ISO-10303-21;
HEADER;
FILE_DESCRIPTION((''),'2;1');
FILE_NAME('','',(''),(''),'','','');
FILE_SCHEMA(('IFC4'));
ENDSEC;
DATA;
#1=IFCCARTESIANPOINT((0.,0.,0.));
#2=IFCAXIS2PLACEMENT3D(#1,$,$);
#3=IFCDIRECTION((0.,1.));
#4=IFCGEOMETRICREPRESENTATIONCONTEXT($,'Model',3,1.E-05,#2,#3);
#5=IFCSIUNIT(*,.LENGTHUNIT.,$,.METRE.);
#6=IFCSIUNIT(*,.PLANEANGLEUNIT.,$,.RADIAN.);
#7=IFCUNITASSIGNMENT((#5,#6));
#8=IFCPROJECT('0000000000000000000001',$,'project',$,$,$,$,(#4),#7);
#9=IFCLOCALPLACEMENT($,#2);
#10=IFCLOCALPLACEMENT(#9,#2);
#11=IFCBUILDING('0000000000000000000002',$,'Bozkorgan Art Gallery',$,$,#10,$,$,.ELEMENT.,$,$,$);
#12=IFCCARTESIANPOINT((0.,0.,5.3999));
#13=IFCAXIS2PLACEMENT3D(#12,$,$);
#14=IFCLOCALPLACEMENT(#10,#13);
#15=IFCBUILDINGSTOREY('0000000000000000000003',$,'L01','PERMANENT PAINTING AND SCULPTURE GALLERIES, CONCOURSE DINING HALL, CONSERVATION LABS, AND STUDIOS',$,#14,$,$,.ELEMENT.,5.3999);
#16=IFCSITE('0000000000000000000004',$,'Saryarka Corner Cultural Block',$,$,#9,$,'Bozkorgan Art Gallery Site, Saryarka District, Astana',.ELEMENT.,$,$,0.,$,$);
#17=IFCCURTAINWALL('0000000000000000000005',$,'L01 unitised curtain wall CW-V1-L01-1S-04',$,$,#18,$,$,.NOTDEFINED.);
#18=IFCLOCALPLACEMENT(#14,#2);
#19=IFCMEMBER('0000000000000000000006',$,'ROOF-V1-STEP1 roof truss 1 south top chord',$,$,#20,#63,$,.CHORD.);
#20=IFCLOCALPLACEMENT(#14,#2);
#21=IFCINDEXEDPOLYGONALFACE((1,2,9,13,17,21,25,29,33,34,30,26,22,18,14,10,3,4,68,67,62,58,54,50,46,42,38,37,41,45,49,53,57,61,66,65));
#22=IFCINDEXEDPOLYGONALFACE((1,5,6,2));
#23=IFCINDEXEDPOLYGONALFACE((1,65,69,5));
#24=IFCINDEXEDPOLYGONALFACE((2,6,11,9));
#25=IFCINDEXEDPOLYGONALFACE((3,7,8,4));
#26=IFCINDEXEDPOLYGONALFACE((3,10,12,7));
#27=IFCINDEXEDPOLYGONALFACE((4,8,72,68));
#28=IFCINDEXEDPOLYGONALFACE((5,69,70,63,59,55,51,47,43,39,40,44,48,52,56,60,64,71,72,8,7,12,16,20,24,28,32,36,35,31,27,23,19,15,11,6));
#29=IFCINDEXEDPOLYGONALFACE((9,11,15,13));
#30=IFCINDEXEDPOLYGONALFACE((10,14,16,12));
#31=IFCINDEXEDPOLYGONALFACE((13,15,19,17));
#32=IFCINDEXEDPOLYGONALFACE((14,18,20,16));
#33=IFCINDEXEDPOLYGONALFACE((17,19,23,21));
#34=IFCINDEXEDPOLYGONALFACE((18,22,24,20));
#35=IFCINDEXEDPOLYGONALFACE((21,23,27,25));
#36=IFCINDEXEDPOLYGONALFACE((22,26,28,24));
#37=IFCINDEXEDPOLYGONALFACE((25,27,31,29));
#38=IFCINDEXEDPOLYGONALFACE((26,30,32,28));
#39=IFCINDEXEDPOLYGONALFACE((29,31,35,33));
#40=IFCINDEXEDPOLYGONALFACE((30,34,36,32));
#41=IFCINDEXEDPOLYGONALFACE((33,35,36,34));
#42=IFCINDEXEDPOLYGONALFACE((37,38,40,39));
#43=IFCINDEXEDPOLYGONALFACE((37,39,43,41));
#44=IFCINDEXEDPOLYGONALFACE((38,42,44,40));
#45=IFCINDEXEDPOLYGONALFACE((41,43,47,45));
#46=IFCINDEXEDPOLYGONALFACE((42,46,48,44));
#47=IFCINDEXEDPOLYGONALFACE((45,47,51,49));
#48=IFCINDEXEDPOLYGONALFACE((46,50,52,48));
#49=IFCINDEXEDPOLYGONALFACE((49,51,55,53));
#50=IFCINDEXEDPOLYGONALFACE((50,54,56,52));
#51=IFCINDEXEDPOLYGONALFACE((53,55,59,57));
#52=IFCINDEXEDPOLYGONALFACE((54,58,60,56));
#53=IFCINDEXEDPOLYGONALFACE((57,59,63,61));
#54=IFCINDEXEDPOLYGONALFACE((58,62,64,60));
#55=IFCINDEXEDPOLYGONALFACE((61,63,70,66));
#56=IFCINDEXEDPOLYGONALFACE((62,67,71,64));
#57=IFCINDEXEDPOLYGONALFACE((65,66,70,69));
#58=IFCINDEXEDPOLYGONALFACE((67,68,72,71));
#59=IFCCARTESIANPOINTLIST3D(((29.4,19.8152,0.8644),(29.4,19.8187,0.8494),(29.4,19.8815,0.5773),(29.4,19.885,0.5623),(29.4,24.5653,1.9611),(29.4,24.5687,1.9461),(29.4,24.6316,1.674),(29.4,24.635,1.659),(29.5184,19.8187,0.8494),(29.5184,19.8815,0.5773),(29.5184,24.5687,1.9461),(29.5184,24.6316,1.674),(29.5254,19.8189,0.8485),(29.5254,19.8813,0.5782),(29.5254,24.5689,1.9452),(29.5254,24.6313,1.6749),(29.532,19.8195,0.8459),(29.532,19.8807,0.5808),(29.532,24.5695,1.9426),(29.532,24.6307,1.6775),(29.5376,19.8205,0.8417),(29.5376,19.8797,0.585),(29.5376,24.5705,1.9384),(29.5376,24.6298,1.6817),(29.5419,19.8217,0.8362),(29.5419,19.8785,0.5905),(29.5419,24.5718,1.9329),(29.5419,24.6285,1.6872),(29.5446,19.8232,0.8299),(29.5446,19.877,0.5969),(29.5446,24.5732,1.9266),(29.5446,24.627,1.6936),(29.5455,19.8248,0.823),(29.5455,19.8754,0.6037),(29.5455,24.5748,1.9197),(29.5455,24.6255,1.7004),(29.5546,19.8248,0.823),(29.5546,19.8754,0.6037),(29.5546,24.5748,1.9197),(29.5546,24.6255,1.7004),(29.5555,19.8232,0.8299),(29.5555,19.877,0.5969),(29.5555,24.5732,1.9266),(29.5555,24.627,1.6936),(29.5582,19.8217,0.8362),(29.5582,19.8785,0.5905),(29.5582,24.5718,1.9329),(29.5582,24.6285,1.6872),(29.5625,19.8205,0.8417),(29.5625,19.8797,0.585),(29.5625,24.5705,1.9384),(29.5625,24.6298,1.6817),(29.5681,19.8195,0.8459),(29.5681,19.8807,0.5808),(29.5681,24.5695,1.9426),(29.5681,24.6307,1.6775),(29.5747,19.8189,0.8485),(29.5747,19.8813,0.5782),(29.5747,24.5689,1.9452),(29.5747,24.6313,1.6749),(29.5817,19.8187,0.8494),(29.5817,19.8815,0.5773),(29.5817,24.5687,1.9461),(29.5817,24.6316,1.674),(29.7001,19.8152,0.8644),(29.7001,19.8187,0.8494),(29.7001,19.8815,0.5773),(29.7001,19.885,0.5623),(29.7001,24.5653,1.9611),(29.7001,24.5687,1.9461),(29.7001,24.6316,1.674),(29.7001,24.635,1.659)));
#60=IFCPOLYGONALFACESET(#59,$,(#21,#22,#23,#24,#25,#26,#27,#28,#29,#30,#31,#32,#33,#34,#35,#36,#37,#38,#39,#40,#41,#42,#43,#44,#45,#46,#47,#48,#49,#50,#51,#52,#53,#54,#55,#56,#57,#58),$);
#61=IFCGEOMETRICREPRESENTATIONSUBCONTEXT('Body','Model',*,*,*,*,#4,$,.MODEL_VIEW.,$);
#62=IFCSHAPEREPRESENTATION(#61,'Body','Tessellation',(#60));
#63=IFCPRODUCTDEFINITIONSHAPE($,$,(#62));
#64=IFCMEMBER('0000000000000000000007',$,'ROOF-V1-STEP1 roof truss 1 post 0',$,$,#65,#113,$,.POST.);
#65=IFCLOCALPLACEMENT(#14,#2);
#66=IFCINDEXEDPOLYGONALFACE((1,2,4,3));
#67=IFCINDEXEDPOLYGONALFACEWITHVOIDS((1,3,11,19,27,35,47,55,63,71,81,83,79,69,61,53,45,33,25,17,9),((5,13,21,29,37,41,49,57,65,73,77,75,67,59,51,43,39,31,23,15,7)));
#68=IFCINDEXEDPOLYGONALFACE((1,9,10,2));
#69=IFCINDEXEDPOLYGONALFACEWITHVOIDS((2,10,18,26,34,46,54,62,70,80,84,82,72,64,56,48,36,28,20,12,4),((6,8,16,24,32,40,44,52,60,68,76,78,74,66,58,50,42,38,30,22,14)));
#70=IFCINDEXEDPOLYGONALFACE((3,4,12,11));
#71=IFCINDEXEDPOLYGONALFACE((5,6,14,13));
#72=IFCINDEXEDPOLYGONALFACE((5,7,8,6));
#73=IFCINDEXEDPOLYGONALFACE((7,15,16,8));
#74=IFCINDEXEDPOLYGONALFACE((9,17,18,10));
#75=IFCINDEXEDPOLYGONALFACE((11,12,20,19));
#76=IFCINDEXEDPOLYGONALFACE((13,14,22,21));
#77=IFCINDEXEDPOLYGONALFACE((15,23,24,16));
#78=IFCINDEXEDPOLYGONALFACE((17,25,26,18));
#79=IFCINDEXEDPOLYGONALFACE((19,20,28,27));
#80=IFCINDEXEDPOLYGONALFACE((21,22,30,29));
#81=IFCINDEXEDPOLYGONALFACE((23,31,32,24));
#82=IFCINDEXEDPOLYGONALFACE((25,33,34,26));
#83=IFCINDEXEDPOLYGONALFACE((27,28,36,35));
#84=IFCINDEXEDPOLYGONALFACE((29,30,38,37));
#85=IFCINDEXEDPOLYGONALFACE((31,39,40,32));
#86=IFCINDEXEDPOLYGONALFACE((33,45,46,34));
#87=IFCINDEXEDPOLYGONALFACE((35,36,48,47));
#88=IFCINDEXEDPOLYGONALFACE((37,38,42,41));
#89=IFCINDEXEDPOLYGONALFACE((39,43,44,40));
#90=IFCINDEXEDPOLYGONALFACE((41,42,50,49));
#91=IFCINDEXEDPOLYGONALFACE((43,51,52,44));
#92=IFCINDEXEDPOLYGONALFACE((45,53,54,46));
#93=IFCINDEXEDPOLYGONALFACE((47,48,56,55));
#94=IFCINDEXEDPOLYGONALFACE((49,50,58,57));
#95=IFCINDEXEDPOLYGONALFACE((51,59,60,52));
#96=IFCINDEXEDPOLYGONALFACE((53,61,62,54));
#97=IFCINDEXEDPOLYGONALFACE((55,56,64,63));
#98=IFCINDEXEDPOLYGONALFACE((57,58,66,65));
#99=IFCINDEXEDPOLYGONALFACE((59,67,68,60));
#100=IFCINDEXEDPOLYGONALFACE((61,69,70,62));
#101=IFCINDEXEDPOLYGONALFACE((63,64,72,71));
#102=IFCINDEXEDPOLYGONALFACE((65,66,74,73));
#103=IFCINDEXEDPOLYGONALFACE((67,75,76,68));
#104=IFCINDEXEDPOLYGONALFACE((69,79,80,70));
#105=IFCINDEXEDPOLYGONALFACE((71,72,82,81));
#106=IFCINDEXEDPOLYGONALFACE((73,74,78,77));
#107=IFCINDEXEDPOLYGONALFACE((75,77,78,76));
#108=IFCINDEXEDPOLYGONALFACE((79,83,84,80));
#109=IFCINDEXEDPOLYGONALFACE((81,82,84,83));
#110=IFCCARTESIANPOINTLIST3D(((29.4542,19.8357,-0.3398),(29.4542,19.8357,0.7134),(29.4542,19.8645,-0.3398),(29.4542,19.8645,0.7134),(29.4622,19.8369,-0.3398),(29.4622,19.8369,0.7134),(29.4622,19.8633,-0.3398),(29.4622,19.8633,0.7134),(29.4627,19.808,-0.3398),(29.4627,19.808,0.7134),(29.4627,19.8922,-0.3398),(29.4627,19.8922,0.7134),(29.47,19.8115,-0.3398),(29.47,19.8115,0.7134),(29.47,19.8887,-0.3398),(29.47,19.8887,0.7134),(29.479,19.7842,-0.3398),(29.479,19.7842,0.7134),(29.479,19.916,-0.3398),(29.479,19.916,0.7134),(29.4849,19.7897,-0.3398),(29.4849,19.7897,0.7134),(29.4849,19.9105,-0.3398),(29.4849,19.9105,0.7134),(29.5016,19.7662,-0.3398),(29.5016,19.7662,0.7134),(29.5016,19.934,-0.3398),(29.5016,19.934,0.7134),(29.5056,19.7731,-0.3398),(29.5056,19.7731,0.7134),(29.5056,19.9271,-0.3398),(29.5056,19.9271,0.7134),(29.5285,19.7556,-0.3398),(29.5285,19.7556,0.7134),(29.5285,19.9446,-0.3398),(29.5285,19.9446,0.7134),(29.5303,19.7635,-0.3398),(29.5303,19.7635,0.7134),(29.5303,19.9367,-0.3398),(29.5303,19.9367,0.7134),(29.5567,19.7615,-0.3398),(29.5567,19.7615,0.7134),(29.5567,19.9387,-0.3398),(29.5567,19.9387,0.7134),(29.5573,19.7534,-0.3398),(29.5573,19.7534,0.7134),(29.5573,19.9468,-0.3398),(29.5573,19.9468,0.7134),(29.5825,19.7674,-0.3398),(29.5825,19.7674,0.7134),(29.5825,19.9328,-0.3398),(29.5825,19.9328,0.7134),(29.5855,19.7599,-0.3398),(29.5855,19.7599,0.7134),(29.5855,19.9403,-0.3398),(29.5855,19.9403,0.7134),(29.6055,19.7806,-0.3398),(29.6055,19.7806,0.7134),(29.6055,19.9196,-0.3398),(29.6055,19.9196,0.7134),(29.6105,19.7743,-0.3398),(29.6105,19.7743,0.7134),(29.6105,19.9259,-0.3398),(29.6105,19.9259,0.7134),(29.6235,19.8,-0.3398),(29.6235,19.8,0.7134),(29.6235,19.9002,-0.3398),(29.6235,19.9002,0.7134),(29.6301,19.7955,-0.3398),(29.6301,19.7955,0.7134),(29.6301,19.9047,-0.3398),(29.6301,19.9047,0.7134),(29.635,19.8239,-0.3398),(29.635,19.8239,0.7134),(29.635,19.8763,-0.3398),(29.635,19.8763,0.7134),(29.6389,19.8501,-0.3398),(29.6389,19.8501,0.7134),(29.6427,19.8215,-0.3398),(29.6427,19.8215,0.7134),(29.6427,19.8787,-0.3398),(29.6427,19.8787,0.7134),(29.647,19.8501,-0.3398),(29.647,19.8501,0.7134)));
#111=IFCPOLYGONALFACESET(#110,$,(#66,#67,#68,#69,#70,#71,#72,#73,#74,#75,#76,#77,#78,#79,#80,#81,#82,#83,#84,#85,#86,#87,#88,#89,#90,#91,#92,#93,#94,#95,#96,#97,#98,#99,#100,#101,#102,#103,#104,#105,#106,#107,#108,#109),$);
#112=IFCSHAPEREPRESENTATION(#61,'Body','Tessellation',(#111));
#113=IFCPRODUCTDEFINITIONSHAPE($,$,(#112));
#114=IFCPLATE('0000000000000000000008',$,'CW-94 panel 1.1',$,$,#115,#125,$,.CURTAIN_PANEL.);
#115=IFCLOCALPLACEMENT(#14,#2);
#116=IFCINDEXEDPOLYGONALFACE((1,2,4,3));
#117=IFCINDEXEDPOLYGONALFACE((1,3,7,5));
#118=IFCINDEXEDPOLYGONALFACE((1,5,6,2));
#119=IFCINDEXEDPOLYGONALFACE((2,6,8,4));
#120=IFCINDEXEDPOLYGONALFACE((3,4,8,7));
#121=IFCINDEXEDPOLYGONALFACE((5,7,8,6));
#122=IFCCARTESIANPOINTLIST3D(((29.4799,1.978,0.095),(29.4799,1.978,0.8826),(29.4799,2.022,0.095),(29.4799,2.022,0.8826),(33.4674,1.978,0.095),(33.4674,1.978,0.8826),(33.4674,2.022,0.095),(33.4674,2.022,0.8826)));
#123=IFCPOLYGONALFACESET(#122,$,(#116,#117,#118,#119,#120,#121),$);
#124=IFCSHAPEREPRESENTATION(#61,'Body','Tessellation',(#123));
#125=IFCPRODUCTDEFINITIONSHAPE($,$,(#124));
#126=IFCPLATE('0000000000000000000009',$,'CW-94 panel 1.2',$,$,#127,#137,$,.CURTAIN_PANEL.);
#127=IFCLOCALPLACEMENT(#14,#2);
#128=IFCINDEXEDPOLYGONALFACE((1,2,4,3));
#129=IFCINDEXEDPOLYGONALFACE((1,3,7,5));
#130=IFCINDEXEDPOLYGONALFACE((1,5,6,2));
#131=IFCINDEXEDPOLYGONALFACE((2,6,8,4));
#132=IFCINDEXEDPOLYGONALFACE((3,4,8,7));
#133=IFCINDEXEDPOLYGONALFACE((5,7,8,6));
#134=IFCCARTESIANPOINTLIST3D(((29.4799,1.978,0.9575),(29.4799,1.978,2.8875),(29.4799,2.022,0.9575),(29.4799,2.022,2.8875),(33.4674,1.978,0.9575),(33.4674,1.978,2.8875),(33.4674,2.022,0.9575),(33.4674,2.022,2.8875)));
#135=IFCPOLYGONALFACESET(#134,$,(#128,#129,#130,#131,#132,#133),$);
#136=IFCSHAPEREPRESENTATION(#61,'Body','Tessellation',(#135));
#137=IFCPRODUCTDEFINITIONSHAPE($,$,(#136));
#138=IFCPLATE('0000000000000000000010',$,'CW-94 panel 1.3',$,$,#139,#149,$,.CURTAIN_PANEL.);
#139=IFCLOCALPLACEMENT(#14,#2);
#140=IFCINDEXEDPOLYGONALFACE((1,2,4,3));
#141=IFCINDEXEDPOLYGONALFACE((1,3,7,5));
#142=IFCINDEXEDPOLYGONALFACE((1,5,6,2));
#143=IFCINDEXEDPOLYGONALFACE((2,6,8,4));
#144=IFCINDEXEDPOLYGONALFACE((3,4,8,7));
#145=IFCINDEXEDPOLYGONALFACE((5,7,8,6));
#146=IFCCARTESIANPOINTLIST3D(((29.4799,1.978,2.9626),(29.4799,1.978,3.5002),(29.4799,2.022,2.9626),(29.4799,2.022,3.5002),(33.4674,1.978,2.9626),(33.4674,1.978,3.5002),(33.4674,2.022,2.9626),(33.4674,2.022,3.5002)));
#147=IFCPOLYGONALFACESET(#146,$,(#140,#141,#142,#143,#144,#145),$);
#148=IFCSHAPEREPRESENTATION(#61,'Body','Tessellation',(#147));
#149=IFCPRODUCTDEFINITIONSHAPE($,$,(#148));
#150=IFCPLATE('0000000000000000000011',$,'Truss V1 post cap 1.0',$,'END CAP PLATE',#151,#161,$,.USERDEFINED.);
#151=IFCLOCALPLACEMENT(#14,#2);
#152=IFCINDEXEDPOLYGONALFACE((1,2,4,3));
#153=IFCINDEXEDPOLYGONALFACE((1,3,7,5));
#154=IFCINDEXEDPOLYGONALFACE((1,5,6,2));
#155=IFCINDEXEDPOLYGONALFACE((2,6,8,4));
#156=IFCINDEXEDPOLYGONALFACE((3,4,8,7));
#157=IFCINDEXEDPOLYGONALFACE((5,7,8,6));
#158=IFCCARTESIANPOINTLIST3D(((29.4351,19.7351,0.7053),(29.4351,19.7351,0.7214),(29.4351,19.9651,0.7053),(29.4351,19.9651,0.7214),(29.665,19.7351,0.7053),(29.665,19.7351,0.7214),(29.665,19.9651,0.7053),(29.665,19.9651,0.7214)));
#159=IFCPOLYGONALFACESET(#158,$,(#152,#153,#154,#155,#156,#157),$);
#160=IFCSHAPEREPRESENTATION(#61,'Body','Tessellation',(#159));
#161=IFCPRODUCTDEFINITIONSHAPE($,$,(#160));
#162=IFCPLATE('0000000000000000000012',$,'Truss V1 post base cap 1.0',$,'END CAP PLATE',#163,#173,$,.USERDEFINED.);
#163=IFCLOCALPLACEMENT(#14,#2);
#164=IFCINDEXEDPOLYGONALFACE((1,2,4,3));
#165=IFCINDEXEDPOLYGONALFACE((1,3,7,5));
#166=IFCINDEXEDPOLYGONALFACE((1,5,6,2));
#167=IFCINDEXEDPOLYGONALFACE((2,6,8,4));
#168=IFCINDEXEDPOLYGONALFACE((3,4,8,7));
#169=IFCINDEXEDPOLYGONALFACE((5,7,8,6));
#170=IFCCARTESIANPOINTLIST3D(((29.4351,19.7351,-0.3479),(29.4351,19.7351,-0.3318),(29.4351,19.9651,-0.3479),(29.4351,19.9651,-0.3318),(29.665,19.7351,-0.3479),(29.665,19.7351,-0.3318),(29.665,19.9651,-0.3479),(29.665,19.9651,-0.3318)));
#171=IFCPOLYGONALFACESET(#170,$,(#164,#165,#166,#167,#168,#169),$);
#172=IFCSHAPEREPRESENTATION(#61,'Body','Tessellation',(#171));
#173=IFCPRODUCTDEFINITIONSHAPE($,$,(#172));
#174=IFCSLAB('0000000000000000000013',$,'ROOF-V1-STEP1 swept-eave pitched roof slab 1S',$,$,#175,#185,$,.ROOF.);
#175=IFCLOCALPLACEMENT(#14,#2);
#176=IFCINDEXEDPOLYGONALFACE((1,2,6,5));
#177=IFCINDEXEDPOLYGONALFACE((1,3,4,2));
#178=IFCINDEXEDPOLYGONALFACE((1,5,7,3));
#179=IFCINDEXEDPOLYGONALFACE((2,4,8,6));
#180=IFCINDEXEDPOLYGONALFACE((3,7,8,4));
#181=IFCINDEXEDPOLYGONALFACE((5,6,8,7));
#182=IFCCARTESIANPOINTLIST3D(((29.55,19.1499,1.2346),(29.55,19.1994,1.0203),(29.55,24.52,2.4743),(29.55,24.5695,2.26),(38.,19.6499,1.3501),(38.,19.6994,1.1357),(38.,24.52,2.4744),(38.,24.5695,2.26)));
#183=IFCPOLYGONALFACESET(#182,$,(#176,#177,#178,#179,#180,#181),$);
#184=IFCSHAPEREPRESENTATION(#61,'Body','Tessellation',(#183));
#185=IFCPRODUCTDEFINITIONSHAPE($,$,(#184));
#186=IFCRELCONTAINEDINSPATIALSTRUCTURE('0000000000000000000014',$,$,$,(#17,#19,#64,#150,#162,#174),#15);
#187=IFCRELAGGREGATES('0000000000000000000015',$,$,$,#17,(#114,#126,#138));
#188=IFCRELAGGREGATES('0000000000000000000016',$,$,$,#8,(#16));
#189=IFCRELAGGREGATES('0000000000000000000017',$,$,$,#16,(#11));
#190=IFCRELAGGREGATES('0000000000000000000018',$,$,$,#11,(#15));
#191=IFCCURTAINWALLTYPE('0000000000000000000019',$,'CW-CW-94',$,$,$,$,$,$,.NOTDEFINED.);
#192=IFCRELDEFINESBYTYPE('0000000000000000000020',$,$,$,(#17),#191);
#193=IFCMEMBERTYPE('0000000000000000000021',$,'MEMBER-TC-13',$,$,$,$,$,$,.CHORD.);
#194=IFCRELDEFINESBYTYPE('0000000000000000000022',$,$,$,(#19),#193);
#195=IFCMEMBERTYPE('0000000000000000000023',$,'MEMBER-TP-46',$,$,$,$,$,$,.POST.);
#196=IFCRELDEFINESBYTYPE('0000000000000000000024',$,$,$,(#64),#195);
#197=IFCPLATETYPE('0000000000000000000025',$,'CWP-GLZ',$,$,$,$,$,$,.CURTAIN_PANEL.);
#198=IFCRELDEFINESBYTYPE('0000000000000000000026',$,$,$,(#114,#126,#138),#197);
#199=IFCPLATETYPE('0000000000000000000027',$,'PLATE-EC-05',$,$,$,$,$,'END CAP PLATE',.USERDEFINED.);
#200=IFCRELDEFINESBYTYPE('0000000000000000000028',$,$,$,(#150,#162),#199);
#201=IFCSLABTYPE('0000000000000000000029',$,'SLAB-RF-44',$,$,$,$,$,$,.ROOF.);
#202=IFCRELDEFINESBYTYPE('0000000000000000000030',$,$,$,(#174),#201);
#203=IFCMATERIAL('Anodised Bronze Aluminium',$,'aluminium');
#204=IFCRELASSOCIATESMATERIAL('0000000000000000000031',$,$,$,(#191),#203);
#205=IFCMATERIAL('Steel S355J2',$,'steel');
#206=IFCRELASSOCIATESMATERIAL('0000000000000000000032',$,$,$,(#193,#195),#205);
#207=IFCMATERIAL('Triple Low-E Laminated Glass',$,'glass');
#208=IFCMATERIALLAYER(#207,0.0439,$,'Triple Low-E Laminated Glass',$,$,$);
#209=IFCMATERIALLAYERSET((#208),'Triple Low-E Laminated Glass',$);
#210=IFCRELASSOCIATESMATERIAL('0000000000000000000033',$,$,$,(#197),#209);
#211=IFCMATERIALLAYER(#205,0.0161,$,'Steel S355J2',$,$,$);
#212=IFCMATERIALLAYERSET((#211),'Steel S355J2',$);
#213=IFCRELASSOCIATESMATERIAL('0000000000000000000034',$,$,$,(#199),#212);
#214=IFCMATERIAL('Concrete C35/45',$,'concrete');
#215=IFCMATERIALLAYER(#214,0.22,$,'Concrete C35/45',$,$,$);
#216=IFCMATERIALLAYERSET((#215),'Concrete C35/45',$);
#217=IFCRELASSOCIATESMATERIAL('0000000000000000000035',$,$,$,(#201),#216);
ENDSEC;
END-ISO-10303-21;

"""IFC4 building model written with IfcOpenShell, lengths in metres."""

from ifc_helpers import new_model, si_unit, direction, frame, origin, origin_2d, place, context, subcontext, project, spatial, polyline, rectangle, hollow_circle, i_section, outline, extrude, material, layer, layer_set, material_profile, profile_set, type_object, element, aggregate, save


model = new_model("IFC4")

# Units and contexts
model_context = context("Model", 3, precision=1e-05, world=origin(), true_north=direction((0.0, 1.0)))
body_context = subcontext(model_context, "Body", "Model", "MODEL_VIEW")
ifc_project = project(units=[si_unit("LENGTHUNIT", "METRE"), si_unit("PLANEANGLEUNIT", "RADIAN")], contexts=[model_context])

# Site, building, storey
site_placement = place(None, origin())
site = spatial("IfcSite", under=ifc_project, at=site_placement, Name="Saryarka Corner Cultural Block", LongName="Bozkorgan Art Gallery Site, Saryarka District, Astana", CompositionType="ELEMENT", RefElevation=0.0)
building_placement = place(site_placement, origin())
building = spatial("IfcBuilding", under=site, at=building_placement, Name="Bozkorgan Art Gallery", CompositionType="ELEMENT")
storey_placement = place(building_placement, frame((0.0, 0.0, 5.3999)))
storey = spatial("IfcBuildingStorey", under=building, at=storey_placement, Name="L01", Description="PERMANENT PAINTING AND SCULPTURE GALLERIES, CONCOURSE DINING HALL, CONSERVATION LABS, AND STUDIOS", CompositionType="ELEMENT", Elevation=5.3999)

# Shared definitions
ifc_material_1 = material(Name="Steel S355J2", Category="steel")

# Curtain wall
ifc_material_2 = material(Name="Anodised Bronze Aluminium", Category="aluminium")
curtain_wall_type = type_object("IfcCurtainWallType", Name="CW-CW-94", PredefinedType="NOTDEFINED", material=ifc_material_2)
curtain_wall_placement = place(storey_placement, origin())
curtain_wall = element("IfcCurtainWall", 1, at=curtain_wall_placement, inside=storey, type_object=curtain_wall_type, Name="L01 unitised curtain wall CW-V1-L01-1S-04", PredefinedType="NOTDEFINED")

# Members
ifc_material_profile_1 = material_profile(ifc_material_1, i_section(OverallWidth=0.3, OverallDepth=0.3101, WebThickness=0.009, FlangeThickness=0.0154, FilletRadius=0.0271, at=origin_2d()), Name="HEA 320")
ifc_profile_set_1 = profile_set([ifc_material_profile_1], Name="Steel S355J2")
member_type_1 = type_object("IfcMemberType", Name="MEMBER-TC-13", PredefinedType="CHORD", material=ifc_profile_set_1)
member_1_placement = place(storey_placement, frame((29.55, 19.8501, 0.7134), z_axis=(0.0, 0.974368, 0.224962), x_axis=(-1.0, 0.0, 0.0)))
element("IfcMember", 2, at=member_1_placement, inside=storey, type_object=member_type_1, Name="ROOF-V1-STEP1 roof truss 1 south top chord", PredefinedType="CHORD", context=body_context, shape_type="SweptSolid", body=[
    extrude(i_section(OverallWidth=0.3, OverallDepth=0.3101, WebThickness=0.009, FlangeThickness=0.0154, FilletRadius=0.0271, at=origin_2d()), origin(), (0.0, 0.0, 1.0), 4.875),
])
ifc_material_profile_2 = material_profile(ifc_material_1, hollow_circle(Radius=0.0969, WallThickness=0.0081, at=origin_2d()), Name="CHS 193.7x8")
ifc_profile_set_2 = profile_set([ifc_material_profile_2], Name="Steel S355J2")
member_type_2 = type_object("IfcMemberType", Name="MEMBER-TP-46", PredefinedType="POST", material=ifc_profile_set_2)
member_2_placement = place(storey_placement, frame((29.55, 19.8501, -0.3398), z_axis=(0.0, 0.0, 1.0), x_axis=(1.0, 0.0, 0.0)))
element("IfcMember", 3, at=member_2_placement, inside=storey, type_object=member_type_2, Name="ROOF-V1-STEP1 roof truss 1 post 0", PredefinedType="POST", context=body_context, shape_type="SweptSolid", body=[
    extrude(hollow_circle(Radius=0.0969, WallThickness=0.0081, at=origin_2d()), origin(), (0.0, 0.0, 1.0), 1.0532),
])

# Plates
ifc_material_3 = material(Name="Triple Low-E Laminated Glass", Category="glass")
ifc_layer_1 = layer(ifc_material_3, 0.0439, Name="Triple Low-E Laminated Glass")
ifc_layer_set_1 = layer_set([ifc_layer_1], Name="Triple Low-E Laminated Glass")
plate_type_1 = type_object("IfcPlateType", Name="CWP-GLZ", PredefinedType="CURTAIN_PANEL", material=ifc_layer_set_1)
plate_1_placement = place(storey_placement, frame((31.4736, 2.0, 0.095), z_axis=(0.0, 0.0, 1.0), x_axis=(1.0, 0.0, 0.0)))
plate_1 = element("IfcPlate", 4, at=plate_1_placement, type_object=plate_type_1, Name="CW-94 panel 1.1", PredefinedType="CURTAIN_PANEL", context=body_context, shape_type="SweptSolid", body=[
    extrude(rectangle(XDim=3.9875, YDim=0.0439, at=origin_2d()), origin(), (0.0, 0.0, 1.0), 0.7876),
])
plate_2_placement = place(storey_placement, frame((31.4736, 2.0, 0.9575), z_axis=(0.0, 0.0, 1.0), x_axis=(1.0, 0.0, 0.0)))
plate_2 = element("IfcPlate", 5, at=plate_2_placement, type_object=plate_type_1, Name="CW-94 panel 1.2", PredefinedType="CURTAIN_PANEL", context=body_context, shape_type="SweptSolid", body=[
    extrude(rectangle(XDim=3.9875, YDim=0.0439, at=origin_2d()), origin(), (0.0, 0.0, 1.0), 1.9299),
])
plate_3_placement = place(storey_placement, frame((31.4736, 2.0, 2.9626), z_axis=(0.0, 0.0, 1.0), x_axis=(1.0, 0.0, 0.0)))
plate_3 = element("IfcPlate", 6, at=plate_3_placement, type_object=plate_type_1, Name="CW-94 panel 1.3", PredefinedType="CURTAIN_PANEL", context=body_context, shape_type="SweptSolid", body=[
    extrude(rectangle(XDim=3.9875, YDim=0.0439, at=origin_2d()), origin(), (0.0, 0.0, 1.0), 0.5376),
])
aggregate(curtain_wall, [plate_1, plate_2, plate_3])

# Plates
ifc_layer_2 = layer(ifc_material_1, 0.0161, Name="Steel S355J2")
ifc_layer_set_2 = layer_set([ifc_layer_2], Name="Steel S355J2")
plate_type_2 = type_object("IfcPlateType", Name="PLATE-EC-05", ElementType="END CAP PLATE", PredefinedType="USERDEFINED", material=ifc_layer_set_2)
for number, where, z_axis, x_axis, name in (
    (7, (29.55, 19.8501, 0.7053), (0.0, 0.0, 1.0), (1.0, 0.0, 0.0), "Truss V1 post cap 1.0"),
    (8, (29.55, 19.8501, -0.3479), (0.0, 0.0, 1.0), (1.0, 0.0, 0.0), "Truss V1 post base cap 1.0"),
):
    element("IfcPlate", number, at=place(storey_placement, frame(where, z_axis=z_axis, x_axis=x_axis)), inside=storey, type_object=plate_type_2, Name=name, ObjectType="END CAP PLATE", PredefinedType="USERDEFINED", context=body_context, shape_type="SweptSolid", body=[
        extrude(rectangle(XDim=0.23, YDim=0.23, at=origin_2d()), origin(), (0.0, 0.0, 1.0), 0.0161),
    ])

# Slab
ifc_material_4 = material(Name="Concrete C35/45", Category="concrete")
ifc_layer_3 = layer(ifc_material_4, 0.22, Name="Concrete C35/45")
ifc_layer_set_3 = layer_set([ifc_layer_3], Name="Concrete C35/45")
slab_type = type_object("IfcSlabType", Name="SLAB-RF-44", PredefinedType="ROOF", material=ifc_layer_set_3)
slab_placement = place(storey_placement, frame((29.55, 19.1499, 1.2346), z_axis=(-0.000003, -0.224939, 0.974373), x_axis=(0.998161, 0.059064, 0.013638)))
element("IfcSlab", 9, at=slab_placement, inside=storey, type_object=slab_type, Name="ROOF-V1-STEP1 swept-eave pitched roof slab 1S", PredefinedType="ROOF", context=body_context, shape_type="SweptSolid", body=[
    extrude(outline(polyline([(0.0, 0.0), (8.4655, 0.0), (8.7685, 4.989), (0.3341, 5.5012), (0.0, 0.0)])), origin(), (0.0, 0.0, -1.0), 0.22),
])

save(model, "model.ifc")
